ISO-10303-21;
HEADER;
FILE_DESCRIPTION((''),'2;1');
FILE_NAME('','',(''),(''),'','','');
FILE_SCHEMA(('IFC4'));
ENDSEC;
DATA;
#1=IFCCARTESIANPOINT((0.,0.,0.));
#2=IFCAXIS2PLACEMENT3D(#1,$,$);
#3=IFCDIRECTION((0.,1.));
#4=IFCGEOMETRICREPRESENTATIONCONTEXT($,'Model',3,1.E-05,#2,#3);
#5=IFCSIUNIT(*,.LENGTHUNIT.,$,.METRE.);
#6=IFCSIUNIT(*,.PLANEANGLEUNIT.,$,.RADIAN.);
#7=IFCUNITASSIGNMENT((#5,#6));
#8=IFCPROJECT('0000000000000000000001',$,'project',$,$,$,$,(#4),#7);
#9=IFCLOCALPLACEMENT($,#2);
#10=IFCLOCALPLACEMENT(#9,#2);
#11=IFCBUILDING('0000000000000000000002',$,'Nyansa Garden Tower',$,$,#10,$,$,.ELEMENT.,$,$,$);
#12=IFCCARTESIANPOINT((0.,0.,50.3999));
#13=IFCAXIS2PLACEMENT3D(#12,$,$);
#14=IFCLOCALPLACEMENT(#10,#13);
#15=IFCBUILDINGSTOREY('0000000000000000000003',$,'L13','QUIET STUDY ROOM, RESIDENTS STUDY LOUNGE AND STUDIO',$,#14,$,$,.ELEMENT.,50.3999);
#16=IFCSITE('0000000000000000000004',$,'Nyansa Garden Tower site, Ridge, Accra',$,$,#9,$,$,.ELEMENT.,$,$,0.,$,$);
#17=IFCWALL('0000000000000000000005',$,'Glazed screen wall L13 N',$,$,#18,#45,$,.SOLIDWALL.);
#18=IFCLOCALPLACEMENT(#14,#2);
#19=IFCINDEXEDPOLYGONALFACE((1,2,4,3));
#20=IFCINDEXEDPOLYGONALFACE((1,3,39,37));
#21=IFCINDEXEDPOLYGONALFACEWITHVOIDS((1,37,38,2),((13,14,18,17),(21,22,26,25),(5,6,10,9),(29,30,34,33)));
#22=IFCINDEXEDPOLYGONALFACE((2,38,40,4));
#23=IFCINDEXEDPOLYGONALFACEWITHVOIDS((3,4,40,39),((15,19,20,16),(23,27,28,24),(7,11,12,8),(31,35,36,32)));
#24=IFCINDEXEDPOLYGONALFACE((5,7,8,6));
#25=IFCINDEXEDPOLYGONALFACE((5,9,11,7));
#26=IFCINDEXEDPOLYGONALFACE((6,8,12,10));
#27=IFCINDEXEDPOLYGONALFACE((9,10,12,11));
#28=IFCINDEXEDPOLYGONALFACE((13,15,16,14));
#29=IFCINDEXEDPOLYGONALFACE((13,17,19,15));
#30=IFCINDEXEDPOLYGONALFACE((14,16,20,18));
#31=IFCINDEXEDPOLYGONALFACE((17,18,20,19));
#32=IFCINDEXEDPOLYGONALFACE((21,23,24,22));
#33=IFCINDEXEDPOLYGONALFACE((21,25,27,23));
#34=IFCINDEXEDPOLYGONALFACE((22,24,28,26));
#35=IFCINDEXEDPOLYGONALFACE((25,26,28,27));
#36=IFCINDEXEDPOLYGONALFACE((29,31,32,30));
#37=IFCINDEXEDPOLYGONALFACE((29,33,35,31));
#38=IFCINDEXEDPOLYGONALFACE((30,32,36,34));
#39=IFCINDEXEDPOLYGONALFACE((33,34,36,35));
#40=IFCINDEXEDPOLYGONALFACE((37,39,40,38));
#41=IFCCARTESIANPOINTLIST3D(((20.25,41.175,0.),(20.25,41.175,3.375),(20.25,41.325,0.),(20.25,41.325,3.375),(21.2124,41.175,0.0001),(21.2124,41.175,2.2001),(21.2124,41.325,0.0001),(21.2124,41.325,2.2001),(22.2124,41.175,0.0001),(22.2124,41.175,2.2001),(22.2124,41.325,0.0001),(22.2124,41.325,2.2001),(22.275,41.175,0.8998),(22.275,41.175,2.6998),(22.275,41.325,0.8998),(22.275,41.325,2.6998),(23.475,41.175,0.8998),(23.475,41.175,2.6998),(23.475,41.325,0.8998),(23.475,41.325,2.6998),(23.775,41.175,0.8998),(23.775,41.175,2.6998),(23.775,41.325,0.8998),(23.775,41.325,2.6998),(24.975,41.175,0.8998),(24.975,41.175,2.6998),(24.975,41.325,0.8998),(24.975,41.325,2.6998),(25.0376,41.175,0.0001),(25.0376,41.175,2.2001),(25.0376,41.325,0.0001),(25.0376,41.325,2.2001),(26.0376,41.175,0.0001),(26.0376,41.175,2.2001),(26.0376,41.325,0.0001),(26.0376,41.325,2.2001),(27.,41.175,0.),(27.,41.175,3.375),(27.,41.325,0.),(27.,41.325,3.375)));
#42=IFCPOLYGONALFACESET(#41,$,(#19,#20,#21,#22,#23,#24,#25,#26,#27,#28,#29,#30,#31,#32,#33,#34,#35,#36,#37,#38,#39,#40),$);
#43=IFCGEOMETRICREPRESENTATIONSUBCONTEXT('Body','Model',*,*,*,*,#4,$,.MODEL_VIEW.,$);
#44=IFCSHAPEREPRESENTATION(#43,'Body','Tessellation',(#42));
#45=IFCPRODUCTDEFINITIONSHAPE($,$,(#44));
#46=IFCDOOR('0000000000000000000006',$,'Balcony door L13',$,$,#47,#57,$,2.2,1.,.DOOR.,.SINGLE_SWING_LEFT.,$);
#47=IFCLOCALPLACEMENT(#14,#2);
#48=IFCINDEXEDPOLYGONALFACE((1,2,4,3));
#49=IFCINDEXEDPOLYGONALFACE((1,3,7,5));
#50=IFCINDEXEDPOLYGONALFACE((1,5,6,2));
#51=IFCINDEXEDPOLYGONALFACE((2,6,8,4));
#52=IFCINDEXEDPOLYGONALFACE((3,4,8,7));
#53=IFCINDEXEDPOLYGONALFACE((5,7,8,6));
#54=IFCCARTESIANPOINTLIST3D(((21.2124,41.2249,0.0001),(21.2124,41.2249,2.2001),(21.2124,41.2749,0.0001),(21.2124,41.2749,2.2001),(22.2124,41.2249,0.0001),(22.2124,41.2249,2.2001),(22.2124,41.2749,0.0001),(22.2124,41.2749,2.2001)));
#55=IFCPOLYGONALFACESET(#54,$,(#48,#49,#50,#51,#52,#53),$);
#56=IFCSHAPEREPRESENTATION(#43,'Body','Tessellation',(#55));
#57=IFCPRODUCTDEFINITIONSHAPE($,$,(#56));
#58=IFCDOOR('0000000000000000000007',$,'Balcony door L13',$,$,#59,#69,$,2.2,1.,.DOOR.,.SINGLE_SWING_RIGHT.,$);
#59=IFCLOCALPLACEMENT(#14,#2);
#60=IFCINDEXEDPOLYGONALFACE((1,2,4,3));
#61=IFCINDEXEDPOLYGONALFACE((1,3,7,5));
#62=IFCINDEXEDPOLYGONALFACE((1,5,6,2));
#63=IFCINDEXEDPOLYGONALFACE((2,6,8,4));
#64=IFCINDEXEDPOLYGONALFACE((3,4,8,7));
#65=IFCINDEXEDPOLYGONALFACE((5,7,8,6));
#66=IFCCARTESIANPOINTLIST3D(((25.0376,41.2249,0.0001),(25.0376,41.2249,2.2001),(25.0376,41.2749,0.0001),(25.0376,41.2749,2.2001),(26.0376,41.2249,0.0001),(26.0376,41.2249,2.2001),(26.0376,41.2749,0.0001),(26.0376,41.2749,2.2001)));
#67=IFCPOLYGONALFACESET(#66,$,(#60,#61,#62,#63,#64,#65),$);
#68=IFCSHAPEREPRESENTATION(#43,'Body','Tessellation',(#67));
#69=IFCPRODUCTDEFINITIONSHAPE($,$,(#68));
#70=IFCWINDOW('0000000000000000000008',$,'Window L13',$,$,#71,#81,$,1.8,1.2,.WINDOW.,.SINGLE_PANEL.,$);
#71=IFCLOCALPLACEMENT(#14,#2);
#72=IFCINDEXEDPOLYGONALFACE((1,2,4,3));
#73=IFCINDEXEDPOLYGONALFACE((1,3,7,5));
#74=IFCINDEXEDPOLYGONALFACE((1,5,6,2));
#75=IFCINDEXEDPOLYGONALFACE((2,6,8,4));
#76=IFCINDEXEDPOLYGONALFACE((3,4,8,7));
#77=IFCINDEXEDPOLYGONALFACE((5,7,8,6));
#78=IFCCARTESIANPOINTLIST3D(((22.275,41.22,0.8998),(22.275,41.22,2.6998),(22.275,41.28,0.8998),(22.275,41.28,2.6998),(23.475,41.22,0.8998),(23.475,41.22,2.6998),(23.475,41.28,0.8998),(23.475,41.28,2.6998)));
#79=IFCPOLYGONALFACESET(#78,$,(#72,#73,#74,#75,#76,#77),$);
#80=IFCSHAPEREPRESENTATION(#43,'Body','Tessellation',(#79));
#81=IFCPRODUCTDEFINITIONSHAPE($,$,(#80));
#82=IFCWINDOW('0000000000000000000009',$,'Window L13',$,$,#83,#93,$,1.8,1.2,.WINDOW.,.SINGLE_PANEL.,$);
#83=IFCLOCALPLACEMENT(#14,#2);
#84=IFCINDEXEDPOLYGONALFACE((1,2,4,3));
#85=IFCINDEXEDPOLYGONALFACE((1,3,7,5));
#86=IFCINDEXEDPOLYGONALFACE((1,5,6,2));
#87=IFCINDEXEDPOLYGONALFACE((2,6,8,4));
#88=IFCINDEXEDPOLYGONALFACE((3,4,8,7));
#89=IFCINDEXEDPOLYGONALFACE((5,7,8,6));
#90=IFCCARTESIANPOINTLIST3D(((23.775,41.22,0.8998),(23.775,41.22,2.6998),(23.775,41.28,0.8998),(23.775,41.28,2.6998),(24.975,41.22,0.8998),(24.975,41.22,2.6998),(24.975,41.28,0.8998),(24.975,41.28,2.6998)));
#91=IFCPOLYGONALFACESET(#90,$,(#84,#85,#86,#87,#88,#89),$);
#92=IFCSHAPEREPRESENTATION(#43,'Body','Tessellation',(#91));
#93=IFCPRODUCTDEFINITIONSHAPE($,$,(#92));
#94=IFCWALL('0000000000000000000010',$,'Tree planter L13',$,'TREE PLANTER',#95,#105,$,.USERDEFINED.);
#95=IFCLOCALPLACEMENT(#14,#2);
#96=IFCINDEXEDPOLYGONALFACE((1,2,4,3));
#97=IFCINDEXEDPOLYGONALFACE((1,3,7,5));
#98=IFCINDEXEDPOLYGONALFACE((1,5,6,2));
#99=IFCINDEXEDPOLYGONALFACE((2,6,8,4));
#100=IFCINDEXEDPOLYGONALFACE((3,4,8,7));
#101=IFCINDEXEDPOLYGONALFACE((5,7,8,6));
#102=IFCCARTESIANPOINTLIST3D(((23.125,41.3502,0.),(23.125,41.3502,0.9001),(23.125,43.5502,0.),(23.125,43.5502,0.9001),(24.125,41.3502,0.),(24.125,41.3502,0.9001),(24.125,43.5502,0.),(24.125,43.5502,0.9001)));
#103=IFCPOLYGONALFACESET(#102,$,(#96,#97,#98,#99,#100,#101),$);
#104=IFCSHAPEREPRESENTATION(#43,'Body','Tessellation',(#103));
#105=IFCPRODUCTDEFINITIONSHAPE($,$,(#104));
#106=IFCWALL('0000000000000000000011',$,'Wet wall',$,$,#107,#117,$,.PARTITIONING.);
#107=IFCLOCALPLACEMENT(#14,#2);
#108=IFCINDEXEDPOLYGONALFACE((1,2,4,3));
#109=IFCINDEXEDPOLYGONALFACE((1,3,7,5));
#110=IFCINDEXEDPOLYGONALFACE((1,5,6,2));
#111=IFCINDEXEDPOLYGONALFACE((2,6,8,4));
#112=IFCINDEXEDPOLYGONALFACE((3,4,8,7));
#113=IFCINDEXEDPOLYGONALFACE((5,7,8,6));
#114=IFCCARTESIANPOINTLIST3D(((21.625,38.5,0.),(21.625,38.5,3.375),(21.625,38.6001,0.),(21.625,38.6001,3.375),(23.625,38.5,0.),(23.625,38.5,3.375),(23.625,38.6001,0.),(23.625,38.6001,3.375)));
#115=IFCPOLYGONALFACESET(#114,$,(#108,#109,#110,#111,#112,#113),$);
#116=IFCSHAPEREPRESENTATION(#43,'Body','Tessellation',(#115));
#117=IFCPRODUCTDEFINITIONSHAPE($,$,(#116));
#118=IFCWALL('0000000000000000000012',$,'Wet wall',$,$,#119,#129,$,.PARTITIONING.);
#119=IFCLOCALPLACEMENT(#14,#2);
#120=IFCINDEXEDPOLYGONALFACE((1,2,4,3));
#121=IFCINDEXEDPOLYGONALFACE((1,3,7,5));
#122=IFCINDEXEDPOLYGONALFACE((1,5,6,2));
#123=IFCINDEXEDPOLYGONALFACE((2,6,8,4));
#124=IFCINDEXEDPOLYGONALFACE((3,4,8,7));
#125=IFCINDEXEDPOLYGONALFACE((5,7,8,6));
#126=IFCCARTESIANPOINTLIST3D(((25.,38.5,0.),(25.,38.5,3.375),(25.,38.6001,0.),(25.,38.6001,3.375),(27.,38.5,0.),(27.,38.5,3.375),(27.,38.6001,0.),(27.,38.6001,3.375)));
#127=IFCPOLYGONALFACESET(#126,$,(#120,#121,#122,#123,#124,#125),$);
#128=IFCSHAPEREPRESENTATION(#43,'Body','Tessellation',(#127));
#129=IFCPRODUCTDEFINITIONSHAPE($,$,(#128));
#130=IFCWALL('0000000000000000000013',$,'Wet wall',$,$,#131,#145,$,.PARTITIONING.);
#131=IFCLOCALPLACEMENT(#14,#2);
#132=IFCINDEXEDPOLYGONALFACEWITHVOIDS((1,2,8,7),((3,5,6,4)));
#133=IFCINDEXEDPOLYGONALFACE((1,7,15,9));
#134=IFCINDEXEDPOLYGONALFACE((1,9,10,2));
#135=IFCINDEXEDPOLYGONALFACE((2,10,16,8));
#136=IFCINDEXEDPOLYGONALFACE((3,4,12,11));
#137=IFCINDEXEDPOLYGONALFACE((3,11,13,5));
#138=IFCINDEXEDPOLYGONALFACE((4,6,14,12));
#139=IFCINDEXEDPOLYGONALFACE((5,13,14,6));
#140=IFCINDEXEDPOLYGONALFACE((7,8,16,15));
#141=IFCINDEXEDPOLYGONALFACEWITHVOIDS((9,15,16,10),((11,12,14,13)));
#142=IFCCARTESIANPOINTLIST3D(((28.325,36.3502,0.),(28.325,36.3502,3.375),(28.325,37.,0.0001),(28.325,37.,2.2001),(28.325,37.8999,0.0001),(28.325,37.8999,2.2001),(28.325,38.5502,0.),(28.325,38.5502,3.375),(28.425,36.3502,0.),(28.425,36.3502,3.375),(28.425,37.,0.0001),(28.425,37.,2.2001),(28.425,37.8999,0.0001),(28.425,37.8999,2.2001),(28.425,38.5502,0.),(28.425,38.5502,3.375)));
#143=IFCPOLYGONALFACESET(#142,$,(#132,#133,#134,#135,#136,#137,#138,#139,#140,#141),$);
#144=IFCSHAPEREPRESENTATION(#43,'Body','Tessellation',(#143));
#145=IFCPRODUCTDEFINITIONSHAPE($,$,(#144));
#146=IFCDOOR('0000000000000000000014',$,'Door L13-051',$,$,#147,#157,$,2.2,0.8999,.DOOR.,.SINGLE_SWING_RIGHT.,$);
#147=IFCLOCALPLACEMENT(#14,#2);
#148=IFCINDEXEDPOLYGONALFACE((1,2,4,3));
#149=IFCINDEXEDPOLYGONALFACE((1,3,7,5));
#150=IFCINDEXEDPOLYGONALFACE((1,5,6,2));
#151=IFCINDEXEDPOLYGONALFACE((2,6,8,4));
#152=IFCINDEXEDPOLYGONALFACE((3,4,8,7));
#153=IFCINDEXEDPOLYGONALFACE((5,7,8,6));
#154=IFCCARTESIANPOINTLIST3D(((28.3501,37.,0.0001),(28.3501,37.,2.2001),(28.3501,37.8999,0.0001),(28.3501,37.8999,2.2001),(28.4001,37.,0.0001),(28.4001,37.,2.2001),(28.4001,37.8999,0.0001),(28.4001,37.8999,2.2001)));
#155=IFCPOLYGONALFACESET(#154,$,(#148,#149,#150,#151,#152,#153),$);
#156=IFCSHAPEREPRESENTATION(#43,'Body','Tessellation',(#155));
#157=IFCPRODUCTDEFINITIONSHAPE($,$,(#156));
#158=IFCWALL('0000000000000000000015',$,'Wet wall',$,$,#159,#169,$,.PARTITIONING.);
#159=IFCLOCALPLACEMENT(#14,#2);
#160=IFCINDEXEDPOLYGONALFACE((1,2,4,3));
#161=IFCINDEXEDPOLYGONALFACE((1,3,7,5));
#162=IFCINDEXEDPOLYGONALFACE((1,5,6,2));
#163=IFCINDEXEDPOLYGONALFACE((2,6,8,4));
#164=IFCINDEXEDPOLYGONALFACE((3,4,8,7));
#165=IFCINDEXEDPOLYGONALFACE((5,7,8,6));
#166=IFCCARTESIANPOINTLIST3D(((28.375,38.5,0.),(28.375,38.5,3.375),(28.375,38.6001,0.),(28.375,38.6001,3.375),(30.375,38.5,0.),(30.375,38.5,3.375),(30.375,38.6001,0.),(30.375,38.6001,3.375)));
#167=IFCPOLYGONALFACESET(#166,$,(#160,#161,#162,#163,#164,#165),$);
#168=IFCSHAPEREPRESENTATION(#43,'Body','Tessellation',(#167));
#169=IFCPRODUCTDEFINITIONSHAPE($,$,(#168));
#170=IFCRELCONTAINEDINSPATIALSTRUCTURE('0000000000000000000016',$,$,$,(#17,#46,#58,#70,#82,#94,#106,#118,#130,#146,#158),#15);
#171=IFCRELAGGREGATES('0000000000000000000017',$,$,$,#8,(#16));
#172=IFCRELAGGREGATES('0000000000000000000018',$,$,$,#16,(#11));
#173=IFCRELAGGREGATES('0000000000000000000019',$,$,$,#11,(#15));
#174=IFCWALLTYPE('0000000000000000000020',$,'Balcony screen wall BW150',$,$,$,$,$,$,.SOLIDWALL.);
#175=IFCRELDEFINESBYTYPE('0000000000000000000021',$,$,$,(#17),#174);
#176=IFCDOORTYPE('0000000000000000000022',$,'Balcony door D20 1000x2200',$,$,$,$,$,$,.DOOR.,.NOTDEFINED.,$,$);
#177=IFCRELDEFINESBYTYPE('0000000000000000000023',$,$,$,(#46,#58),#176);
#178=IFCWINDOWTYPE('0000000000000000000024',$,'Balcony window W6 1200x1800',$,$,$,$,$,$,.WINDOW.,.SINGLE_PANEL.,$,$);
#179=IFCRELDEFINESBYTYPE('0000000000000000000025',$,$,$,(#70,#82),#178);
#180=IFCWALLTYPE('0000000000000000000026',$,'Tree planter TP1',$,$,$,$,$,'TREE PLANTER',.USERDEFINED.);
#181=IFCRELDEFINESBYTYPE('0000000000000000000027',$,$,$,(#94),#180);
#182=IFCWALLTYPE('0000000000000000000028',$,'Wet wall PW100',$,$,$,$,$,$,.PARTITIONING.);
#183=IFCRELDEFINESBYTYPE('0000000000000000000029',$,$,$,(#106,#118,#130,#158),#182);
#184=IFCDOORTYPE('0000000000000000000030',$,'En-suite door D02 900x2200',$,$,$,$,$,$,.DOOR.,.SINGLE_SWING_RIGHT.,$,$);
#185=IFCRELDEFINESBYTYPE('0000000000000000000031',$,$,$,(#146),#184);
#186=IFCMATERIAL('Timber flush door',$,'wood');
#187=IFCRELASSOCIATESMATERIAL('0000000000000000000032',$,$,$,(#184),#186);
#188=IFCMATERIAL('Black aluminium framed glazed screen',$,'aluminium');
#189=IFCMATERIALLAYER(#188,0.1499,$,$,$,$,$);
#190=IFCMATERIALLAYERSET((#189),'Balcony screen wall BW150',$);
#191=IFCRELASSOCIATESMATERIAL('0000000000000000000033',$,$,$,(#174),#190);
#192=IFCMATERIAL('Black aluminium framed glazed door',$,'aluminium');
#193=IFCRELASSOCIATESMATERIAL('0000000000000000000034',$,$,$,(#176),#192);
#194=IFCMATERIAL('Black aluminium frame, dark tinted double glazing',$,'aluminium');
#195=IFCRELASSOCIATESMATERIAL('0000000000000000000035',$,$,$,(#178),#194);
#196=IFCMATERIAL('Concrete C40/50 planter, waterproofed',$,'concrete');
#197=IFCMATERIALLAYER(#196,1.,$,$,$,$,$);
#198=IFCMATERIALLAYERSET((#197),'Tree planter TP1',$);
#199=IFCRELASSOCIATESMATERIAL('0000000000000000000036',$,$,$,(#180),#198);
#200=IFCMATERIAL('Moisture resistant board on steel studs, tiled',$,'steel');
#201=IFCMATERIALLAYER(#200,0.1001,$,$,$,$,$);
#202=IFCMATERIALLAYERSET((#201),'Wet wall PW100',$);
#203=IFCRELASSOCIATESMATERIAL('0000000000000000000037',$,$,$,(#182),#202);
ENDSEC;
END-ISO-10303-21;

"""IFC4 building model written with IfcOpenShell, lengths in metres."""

from ifc_helpers import new_model, si_unit, direction, frame, frame_2d, origin, place, context, subcontext, project, spatial, rectangle, extrude, material, layer, layer_set, type_object, element, fill, save


model = new_model("IFC4")

# Units and contexts
model_context = context("Model", 3, precision=1e-05, world=origin(), true_north=direction((0.0, 1.0)))
body_context = subcontext(model_context, "Body", "Model", "MODEL_VIEW")
ifc_project = project(units=[si_unit("LENGTHUNIT", "METRE"), si_unit("PLANEANGLEUNIT", "RADIAN")], contexts=[model_context])

# Site, building, storey
site_placement = place(None, origin())
site = spatial("IfcSite", under=ifc_project, at=site_placement, Name="Nyansa Garden Tower site, Ridge, Accra", CompositionType="ELEMENT", RefElevation=0.0)
building_placement = place(site_placement, origin())
building = spatial("IfcBuilding", under=site, at=building_placement, Name="Nyansa Garden Tower", CompositionType="ELEMENT")
storey_placement = place(building_placement, frame((0.0, 0.0, 50.3999)))
storey = spatial("IfcBuildingStorey", under=building, at=storey_placement, Name="L13", Description="QUIET STUDY ROOM, RESIDENTS STUDY LOUNGE AND STUDIO", CompositionType="ELEMENT", Elevation=50.3999)

# Shared definitions
ifc_material_1 = material(Name="Timber flush door", Category="wood")
door_type_1 = type_object("IfcDoorType", Name="En-suite door D02 900x2200", OperationType="SINGLE_SWING_RIGHT", PredefinedType="DOOR", material=ifc_material_1)

# Wall, openings, doors, windows
ifc_material_2 = material(Name="Black aluminium framed glazed screen", Category="aluminium")
ifc_layer_1 = layer(ifc_material_2, 0.1499)
ifc_layer_set_1 = layer_set([ifc_layer_1], Name="Balcony screen wall BW150")
wall_type_1 = type_object("IfcWallType", Name="Balcony screen wall BW150", PredefinedType="SOLIDWALL", material=ifc_layer_set_1)
wall_1_placement = place(storey_placement, frame((20.25, 41.25, 0.0), z_axis=(0.0, 0.0, 1.0), x_axis=(1.0, 0.0, 0.0)))
wall_1 = element("IfcWall", 1, at=wall_1_placement, inside=storey, type_object=wall_type_1, Name="Glazed screen wall L13 N", PredefinedType="SOLIDWALL", context=body_context, shape_type="SweptSolid", body=[
    extrude(rectangle(XDim=6.75, YDim=0.1499, at=frame_2d((3.375, 0.0))), origin(), (0.0, 0.0, 1.0), 3.375),
])
opening_1_placement = place(wall_1_placement, frame((0.9624, 0.0, 0.0)))
opening_1 = element("IfcOpeningElement", 2, at=opening_1_placement, cuts=wall_1, PredefinedType="OPENING", context=body_context, shape_type="SweptSolid", body=[
    extrude(rectangle(XDim=1.0, YDim=2.2, at=frame_2d((0.5, 1.1001))), frame((0.0, 0.085, 0.0), z_axis=(0.0, -1.0, 0.0), x_axis=(1.0, 0.0, 0.0)), (0.0, 0.0, 1.0), 0.1699),
])
opening_2_placement = place(wall_1_placement, frame((2.0249, 0.0, 0.8999)))
opening_2 = element("IfcOpeningElement", 3, at=opening_2_placement, cuts=wall_1, PredefinedType="OPENING", context=body_context, shape_type="SweptSolid", body=[
    extrude(rectangle(XDim=1.2, YDim=1.8, at=frame_2d((0.6001, 0.8999))), frame((0.0, 0.085, 0.0), z_axis=(0.0, -1.0, 0.0), x_axis=(1.0, 0.0, 0.0)), (0.0, 0.0, 1.0), 0.1699),
])
opening_3_placement = place(wall_1_placement, frame((4.7876, 0.0, 0.0)))
opening_3 = element("IfcOpeningElement", 4, at=opening_3_placement, cuts=wall_1, PredefinedType="OPENING", context=body_context, shape_type="SweptSolid", body=[
    extrude(rectangle(XDim=1.0, YDim=2.2, at=frame_2d((0.5, 1.1001))), frame((0.0, 0.085, 0.0), z_axis=(0.0, -1.0, 0.0), x_axis=(1.0, 0.0, 0.0)), (0.0, 0.0, 1.0), 0.1699),
])
opening_4_placement = place(wall_1_placement, frame((3.5249, 0.0, 0.8999)))
opening_4 = element("IfcOpeningElement", 5, at=opening_4_placement, cuts=wall_1, PredefinedType="OPENING", context=body_context, shape_type="SweptSolid", body=[
    extrude(rectangle(XDim=1.2, YDim=1.8, at=frame_2d((0.6001, 0.8999))), frame((0.0, 0.085, 0.0), z_axis=(0.0, -1.0, 0.0), x_axis=(1.0, 0.0, 0.0)), (0.0, 0.0, 1.0), 0.1699),
])
ifc_material_3 = material(Name="Black aluminium framed glazed door", Category="aluminium")
door_type_2 = type_object("IfcDoorType", Name="Balcony door D20 1000x2200", OperationType="NOTDEFINED", PredefinedType="DOOR", material=ifc_material_3)
door_1_placement = place(opening_1_placement, origin())
door_1 = element("IfcDoor", 6, at=door_1_placement, inside=storey, type_object=door_type_2, Name="Balcony door L13", OperationType="SINGLE_SWING_LEFT", OverallHeight=2.2, OverallWidth=1.0, PredefinedType="DOOR", context=body_context, shape_type="SweptSolid", body=[
    extrude(rectangle(XDim=1.0, YDim=2.2, at=frame_2d((0.5, 1.1001))), frame((0.0, 0.0249, 0.0), z_axis=(0.0, -1.0, 0.0), x_axis=(1.0, 0.0, 0.0)), (0.0, 0.0, 1.0), 0.05),
])
fill(opening_1, door_1)
door_2_placement = place(opening_3_placement, origin())
door_2 = element("IfcDoor", 7, at=door_2_placement, inside=storey, type_object=door_type_2, Name="Balcony door L13", OperationType="SINGLE_SWING_RIGHT", OverallHeight=2.2, OverallWidth=1.0, PredefinedType="DOOR", context=body_context, shape_type="SweptSolid", body=[
    extrude(rectangle(XDim=1.0, YDim=2.2, at=frame_2d((0.5, 1.1001))), frame((0.0, 0.0249, 0.0), z_axis=(0.0, -1.0, 0.0), x_axis=(1.0, 0.0, 0.0)), (0.0, 0.0, 1.0), 0.05),
])
fill(opening_3, door_2)
ifc_material_4 = material(Name="Black aluminium frame, dark tinted double glazing", Category="aluminium")
window_type = type_object("IfcWindowType", Name="Balcony window W6 1200x1800", PartitioningType="SINGLE_PANEL", PredefinedType="WINDOW", material=ifc_material_4)
window_1_placement = place(opening_2_placement, origin())
window_1 = element("IfcWindow", 8, at=window_1_placement, inside=storey, type_object=window_type, Name="Window L13", OverallHeight=1.8, OverallWidth=1.2, PartitioningType="SINGLE_PANEL", PredefinedType="WINDOW", context=body_context, shape_type="SweptSolid", body=[
    extrude(rectangle(XDim=1.2, YDim=1.8, at=frame_2d((0.6001, 0.8999))), frame((0.0, 0.03, 0.0), z_axis=(0.0, -1.0, 0.0), x_axis=(1.0, 0.0, 0.0)), (0.0, 0.0, 1.0), 0.0601),
])
fill(opening_2, window_1)
window_2_placement = place(opening_4_placement, origin())
window_2 = element("IfcWindow", 9, at=window_2_placement, inside=storey, type_object=window_type, Name="Window L13", OverallHeight=1.8, OverallWidth=1.2, PartitioningType="SINGLE_PANEL", PredefinedType="WINDOW", context=body_context, shape_type="SweptSolid", body=[
    extrude(rectangle(XDim=1.2, YDim=1.8, at=frame_2d((0.6001, 0.8999))), frame((0.0, 0.03, 0.0), z_axis=(0.0, -1.0, 0.0), x_axis=(1.0, 0.0, 0.0)), (0.0, 0.0, 1.0), 0.0601),
])
fill(opening_4, window_2)

# Walls
ifc_material_5 = material(Name="Concrete C40/50 planter, waterproofed", Category="concrete")
ifc_layer_2 = layer(ifc_material_5, 1.0)
ifc_layer_set_2 = layer_set([ifc_layer_2], Name="Tree planter TP1")
wall_type_2 = type_object("IfcWallType", Name="Tree planter TP1", ElementType="TREE PLANTER", PredefinedType="USERDEFINED", material=ifc_layer_set_2)
wall_2_placement = place(storey_placement, frame((23.625, 41.3501, 0.0), z_axis=(0.0, 0.0, 1.0), x_axis=(0.0, 1.0, 0.0)))
element("IfcWall", 10, at=wall_2_placement, inside=storey, type_object=wall_type_2, Name="Tree planter L13", ObjectType="TREE PLANTER", PredefinedType="USERDEFINED", context=body_context, shape_type="SweptSolid", body=[
    extrude(rectangle(XDim=2.2, YDim=1.0, at=frame_2d((1.1001, 0.0))), origin(), (0.0, 0.0, 1.0), 0.9001),
])
ifc_material_6 = material(Name="Moisture resistant board on steel studs, tiled", Category="steel")
ifc_layer_3 = layer(ifc_material_6, 0.1001)
ifc_layer_set_3 = layer_set([ifc_layer_3], Name="Wet wall PW100")
wall_type_3 = type_object("IfcWallType", Name="Wet wall PW100", PredefinedType="PARTITIONING", material=ifc_layer_set_3)
for number, where, z_axis, x_axis, name in (
    (11, (21.625, 38.55, 0.0), (0.0, 0.0, 1.0), (1.0, 0.0, 0.0), "Wet wall"),
    (12, (25.0, 38.55, 0.0), (0.0, 0.0, 1.0), (1.0, 0.0, 0.0), "Wet wall"),
):
    element("IfcWall", number, at=place(storey_placement, frame(where, z_axis=z_axis, x_axis=x_axis)), inside=storey, type_object=wall_type_3, Name=name, PredefinedType="PARTITIONING", context=body_context, shape_type="SweptSolid", body=[
        extrude(rectangle(XDim=2.0, YDim=0.1001, at=frame_2d((1.0, 0.0))), origin(), (0.0, 0.0, 1.0), 3.375),
    ])

# Wall, opening, door
wall_3_placement = place(storey_placement, frame((28.375, 36.3501, 0.0), z_axis=(0.0, 0.0, 1.0), x_axis=(0.0, 1.0, 0.0)))
wall_3 = element("IfcWall", 13, at=wall_3_placement, inside=storey, type_object=wall_type_3, Name="Wet wall", PredefinedType="PARTITIONING", context=body_context, shape_type="SweptSolid", body=[
    extrude(rectangle(XDim=2.2, YDim=0.1001, at=frame_2d((1.1001, 0.0))), origin(), (0.0, 0.0, 1.0), 3.375),
])
opening_5_placement = place(wall_3_placement, frame((0.6499, 0.0, 0.0)))
opening_5 = element("IfcOpeningElement", 14, at=opening_5_placement, cuts=wall_3, PredefinedType="OPENING", context=body_context, shape_type="SweptSolid", body=[
    extrude(rectangle(XDim=0.8999, YDim=2.2, at=frame_2d((0.45, 1.1001))), frame((0.0, 0.0601, 0.0), z_axis=(0.0, -1.0, 0.0), x_axis=(1.0, 0.0, 0.0)), (0.0, 0.0, 1.0), 0.1201),
])
door_3_placement = place(opening_5_placement, origin())
door_3 = element("IfcDoor", 15, at=door_3_placement, inside=storey, type_object=door_type_1, Name="Door L13-051", OperationType="SINGLE_SWING_RIGHT", OverallHeight=2.2, OverallWidth=0.8999, PredefinedType="DOOR", context=body_context, shape_type="SweptSolid", body=[
    extrude(rectangle(XDim=0.8999, YDim=2.2, at=frame_2d((0.45, 1.1001))), frame((0.0, 0.0249, 0.0), z_axis=(0.0, -1.0, 0.0), x_axis=(1.0, 0.0, 0.0)), (0.0, 0.0, 1.0), 0.05),
])
fill(opening_5, door_3)

# Wall
wall_4_placement = place(storey_placement, frame((28.375, 38.55, 0.0), z_axis=(0.0, 0.0, 1.0), x_axis=(1.0, 0.0, 0.0)))
element("IfcWall", 16, at=wall_4_placement, inside=storey, type_object=wall_type_3, Name="Wet wall", PredefinedType="PARTITIONING", context=body_context, shape_type="SweptSolid", body=[
    extrude(rectangle(XDim=2.0, YDim=0.1001, at=frame_2d((1.0, 0.0))), origin(), (0.0, 0.0, 1.0), 3.375),
])

save(model, "model.ifc")
